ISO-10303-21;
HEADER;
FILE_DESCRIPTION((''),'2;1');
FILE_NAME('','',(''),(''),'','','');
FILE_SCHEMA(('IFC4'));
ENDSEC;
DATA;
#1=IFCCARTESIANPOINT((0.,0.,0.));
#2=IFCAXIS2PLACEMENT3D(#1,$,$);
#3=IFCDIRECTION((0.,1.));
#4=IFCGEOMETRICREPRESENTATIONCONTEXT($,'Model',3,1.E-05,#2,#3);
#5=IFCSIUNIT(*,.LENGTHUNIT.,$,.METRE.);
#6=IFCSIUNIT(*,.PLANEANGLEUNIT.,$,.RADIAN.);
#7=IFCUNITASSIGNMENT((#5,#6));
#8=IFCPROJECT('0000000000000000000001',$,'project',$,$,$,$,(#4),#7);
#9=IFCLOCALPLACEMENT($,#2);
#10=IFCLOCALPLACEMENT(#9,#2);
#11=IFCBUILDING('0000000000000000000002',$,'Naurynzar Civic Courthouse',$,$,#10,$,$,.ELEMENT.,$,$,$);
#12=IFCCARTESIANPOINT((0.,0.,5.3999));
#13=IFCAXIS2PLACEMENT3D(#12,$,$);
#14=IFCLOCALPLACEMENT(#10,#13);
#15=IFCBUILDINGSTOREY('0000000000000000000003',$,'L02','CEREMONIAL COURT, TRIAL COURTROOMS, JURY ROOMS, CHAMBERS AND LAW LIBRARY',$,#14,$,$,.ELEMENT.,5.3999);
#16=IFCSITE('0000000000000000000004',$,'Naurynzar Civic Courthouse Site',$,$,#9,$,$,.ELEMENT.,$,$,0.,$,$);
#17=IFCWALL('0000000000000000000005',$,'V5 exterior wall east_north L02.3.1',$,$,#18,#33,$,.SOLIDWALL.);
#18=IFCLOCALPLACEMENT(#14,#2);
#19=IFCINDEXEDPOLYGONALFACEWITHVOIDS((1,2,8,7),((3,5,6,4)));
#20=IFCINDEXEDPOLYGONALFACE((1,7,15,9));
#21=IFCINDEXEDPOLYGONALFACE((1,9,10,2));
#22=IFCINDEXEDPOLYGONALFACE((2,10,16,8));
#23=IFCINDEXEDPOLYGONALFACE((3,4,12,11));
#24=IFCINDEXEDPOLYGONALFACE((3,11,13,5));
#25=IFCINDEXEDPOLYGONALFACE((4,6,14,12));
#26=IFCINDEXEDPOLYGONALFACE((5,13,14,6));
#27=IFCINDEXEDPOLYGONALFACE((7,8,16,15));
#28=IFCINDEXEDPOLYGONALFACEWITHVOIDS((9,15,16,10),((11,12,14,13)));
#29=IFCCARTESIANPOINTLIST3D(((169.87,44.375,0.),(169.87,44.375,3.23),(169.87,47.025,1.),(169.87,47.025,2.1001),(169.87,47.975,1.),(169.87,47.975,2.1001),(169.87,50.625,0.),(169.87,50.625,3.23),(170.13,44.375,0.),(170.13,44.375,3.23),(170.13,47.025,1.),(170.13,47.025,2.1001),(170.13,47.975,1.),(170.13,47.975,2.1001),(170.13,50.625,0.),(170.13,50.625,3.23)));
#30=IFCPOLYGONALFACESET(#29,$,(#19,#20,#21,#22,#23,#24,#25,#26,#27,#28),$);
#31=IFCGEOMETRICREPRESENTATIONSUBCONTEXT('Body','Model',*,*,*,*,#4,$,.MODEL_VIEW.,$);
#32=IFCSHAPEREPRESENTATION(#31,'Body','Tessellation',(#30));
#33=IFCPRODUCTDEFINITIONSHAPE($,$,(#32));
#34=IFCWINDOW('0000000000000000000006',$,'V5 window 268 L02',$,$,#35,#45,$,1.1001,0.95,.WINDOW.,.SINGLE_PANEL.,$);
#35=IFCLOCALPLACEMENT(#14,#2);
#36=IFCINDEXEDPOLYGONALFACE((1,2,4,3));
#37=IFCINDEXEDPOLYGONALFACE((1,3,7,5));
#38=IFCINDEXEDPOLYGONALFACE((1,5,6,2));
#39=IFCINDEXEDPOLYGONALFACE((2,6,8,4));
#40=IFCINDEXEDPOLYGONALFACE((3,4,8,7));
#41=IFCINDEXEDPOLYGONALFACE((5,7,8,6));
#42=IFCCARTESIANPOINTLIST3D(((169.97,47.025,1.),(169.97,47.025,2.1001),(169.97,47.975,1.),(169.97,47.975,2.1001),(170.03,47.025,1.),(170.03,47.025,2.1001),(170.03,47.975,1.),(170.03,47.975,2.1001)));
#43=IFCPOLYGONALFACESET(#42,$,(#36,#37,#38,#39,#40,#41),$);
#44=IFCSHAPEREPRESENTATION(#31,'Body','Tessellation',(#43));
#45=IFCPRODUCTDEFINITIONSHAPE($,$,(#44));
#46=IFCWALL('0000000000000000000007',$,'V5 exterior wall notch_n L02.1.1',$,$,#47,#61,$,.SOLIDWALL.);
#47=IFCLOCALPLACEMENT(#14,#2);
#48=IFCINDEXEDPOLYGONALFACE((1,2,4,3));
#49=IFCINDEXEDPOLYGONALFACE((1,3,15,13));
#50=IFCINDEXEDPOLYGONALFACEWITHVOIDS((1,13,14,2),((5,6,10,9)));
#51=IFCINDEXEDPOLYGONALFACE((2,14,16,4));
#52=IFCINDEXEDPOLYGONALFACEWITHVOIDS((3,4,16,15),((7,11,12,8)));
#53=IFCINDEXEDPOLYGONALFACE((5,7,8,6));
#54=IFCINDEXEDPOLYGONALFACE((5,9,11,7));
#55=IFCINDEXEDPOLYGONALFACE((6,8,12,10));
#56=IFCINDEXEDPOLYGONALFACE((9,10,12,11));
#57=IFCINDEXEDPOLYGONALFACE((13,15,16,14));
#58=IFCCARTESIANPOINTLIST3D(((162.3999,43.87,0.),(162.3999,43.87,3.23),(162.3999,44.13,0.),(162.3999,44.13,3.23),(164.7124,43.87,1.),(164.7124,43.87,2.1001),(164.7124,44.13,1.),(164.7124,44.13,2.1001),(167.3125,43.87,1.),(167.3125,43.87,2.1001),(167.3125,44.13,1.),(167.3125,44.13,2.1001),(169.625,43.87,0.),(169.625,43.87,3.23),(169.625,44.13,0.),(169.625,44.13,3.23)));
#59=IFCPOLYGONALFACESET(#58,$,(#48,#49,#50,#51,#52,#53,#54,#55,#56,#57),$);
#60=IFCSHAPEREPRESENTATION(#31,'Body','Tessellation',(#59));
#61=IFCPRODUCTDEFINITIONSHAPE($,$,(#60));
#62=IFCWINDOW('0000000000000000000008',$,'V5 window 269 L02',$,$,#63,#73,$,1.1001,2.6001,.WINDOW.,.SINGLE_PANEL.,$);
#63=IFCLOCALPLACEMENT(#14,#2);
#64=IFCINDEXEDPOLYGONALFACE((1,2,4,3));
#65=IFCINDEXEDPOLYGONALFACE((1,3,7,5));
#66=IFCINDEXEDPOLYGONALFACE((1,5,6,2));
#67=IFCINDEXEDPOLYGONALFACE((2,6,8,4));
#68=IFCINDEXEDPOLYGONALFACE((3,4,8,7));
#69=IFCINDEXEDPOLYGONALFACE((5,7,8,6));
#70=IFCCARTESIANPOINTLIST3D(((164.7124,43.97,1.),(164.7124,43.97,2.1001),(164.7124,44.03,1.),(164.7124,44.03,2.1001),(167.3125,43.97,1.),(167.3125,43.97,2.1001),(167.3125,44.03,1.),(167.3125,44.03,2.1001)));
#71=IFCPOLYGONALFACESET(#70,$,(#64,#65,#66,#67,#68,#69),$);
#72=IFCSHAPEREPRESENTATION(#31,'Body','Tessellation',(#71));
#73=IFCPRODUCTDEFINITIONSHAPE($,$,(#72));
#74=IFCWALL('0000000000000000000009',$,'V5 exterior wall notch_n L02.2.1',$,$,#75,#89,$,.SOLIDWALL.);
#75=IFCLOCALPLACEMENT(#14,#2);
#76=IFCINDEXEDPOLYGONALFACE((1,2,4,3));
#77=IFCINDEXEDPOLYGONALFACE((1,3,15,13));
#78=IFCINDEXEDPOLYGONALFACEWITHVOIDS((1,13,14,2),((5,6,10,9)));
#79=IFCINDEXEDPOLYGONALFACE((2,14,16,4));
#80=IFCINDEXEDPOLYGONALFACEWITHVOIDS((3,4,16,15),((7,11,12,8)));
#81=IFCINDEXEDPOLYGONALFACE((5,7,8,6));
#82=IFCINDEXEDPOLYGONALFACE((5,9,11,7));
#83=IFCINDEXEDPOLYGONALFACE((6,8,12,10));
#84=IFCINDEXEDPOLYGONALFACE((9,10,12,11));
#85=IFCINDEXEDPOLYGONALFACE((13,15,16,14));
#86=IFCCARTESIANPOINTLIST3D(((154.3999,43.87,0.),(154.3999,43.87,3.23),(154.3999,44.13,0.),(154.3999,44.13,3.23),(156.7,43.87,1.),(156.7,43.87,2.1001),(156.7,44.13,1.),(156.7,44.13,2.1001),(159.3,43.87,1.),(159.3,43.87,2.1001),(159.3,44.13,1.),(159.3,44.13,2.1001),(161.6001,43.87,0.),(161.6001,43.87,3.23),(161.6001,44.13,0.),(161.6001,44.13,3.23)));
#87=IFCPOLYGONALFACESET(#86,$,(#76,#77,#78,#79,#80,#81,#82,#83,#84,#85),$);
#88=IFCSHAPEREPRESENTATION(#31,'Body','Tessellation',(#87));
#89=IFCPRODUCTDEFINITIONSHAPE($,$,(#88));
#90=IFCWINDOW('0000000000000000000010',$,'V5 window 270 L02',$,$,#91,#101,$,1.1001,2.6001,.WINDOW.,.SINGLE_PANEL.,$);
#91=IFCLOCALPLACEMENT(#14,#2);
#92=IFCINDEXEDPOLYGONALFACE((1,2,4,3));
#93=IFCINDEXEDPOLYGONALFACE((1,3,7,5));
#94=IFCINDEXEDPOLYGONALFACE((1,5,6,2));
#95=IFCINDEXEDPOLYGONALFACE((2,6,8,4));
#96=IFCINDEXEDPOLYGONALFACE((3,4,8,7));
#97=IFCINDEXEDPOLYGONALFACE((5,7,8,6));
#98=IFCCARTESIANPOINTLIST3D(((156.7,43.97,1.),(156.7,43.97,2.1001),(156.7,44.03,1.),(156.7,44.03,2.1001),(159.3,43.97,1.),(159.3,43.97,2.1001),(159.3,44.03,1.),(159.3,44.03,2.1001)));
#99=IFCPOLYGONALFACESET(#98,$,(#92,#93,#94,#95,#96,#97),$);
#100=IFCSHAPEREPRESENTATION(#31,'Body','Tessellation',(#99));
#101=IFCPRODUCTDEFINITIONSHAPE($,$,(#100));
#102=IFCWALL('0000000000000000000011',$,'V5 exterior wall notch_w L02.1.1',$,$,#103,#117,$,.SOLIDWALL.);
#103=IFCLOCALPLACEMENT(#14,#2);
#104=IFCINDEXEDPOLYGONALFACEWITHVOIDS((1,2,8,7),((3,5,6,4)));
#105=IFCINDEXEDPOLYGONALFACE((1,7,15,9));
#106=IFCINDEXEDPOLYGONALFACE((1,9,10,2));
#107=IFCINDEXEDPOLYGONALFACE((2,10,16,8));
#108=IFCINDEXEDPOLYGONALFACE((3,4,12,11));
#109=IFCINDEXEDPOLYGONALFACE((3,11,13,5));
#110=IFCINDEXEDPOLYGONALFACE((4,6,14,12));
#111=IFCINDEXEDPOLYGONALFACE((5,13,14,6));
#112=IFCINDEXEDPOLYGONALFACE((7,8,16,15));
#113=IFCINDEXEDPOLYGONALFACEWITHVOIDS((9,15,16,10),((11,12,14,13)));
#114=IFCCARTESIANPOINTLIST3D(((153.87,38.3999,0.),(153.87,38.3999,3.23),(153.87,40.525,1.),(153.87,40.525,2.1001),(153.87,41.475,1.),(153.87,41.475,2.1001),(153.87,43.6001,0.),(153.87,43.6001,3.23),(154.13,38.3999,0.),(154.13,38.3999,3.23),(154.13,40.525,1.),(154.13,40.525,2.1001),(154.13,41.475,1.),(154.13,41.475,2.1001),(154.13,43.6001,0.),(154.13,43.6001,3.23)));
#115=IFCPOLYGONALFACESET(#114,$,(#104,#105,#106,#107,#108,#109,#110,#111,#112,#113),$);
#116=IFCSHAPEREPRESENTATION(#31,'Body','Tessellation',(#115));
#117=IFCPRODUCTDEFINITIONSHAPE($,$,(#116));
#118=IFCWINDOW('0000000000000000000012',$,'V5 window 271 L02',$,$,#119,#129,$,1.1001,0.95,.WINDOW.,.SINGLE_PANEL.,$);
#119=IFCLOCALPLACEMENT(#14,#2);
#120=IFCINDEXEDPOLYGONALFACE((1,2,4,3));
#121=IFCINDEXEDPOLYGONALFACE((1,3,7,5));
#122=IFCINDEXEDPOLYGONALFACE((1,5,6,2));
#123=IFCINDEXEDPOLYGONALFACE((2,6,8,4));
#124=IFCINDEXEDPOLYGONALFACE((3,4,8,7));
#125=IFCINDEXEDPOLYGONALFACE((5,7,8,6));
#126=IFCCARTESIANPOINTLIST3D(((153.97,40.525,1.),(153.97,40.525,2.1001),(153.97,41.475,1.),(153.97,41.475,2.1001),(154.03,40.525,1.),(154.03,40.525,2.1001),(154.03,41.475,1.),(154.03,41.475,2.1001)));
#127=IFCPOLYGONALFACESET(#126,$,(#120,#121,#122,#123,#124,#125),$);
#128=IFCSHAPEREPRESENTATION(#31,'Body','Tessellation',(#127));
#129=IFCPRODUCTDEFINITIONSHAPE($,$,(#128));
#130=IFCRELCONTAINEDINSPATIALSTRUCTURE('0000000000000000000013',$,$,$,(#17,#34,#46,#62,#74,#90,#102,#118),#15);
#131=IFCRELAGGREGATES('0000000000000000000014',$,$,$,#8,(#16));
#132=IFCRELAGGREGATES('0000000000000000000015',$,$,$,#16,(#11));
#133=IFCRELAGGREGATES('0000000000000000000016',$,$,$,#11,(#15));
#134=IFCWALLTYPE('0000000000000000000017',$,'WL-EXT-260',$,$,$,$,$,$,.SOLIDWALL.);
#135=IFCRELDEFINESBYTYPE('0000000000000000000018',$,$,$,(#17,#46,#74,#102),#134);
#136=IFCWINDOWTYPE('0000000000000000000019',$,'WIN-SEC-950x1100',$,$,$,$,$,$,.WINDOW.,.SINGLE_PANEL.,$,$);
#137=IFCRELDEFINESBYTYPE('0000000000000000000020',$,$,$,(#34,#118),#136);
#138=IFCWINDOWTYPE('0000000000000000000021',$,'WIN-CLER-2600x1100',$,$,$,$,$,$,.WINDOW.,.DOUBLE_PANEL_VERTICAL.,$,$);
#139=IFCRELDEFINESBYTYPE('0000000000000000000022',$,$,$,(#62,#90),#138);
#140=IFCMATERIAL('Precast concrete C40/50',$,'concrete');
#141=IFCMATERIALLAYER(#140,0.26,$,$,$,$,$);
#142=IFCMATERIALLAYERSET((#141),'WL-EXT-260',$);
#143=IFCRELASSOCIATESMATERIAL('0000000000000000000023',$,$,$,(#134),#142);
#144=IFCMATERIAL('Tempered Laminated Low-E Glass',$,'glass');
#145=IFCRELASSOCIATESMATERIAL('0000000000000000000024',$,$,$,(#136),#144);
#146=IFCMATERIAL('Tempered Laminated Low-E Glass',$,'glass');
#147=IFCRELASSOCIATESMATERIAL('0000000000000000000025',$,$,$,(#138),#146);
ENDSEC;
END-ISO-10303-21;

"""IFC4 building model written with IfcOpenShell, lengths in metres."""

from ifc_helpers import new_model, si_unit, direction, frame, frame_2d, origin, place, context, subcontext, project, spatial, rectangle, extrude, material, layer, layer_set, type_object, element, fill, save


model = new_model("IFC4")

# Units and contexts
model_context = context("Model", 3, precision=1e-05, world=origin(), true_north=direction((0.0, 1.0)))
body_context = subcontext(model_context, "Body", "Model", "MODEL_VIEW")
ifc_project = project(units=[si_unit("LENGTHUNIT", "METRE"), si_unit("PLANEANGLEUNIT", "RADIAN")], contexts=[model_context])

# Site, building, storey
site_placement = place(None, origin())
site = spatial("IfcSite", under=ifc_project, at=site_placement, Name="Naurynzar Civic Courthouse Site", CompositionType="ELEMENT", RefElevation=0.0)
building_placement = place(site_placement, origin())
building = spatial("IfcBuilding", under=site, at=building_placement, Name="Naurynzar Civic Courthouse", CompositionType="ELEMENT")
storey_placement = place(building_placement, frame((0.0, 0.0, 5.3999)))
storey = spatial("IfcBuildingStorey", under=building, at=storey_placement, Name="L02", Description="CEREMONIAL COURT, TRIAL COURTROOMS, JURY ROOMS, CHAMBERS AND LAW LIBRARY", CompositionType="ELEMENT", Elevation=5.3999)

# Walls, openings, windows
ifc_material_1 = material(Name="Precast concrete C40/50", Category="concrete")
ifc_layer_1 = layer(ifc_material_1, 0.26)
ifc_layer_set_1 = layer_set([ifc_layer_1], Name="WL-EXT-260")
wall_type_1 = type_object("IfcWallType", Name="WL-EXT-260", PredefinedType="SOLIDWALL", material=ifc_layer_set_1)
wall_1_placement = place(storey_placement, frame((170.0, 50.625, 0.0), z_axis=(0.0, 0.0, 1.0), x_axis=(0.0, -1.0, 0.0)))
wall_1 = element("IfcWall", 1, at=wall_1_placement, inside=storey, type_object=wall_type_1, Name="V5 exterior wall east_north L02.3.1", PredefinedType="SOLIDWALL", context=body_context, shape_type="SweptSolid", body=[
    extrude(rectangle(XDim=6.25, YDim=0.26, at=frame_2d((3.125, 0.0))), origin(), (0.0, 0.0, 1.0), 3.23),
])
opening_1_placement = place(wall_1_placement, frame((2.6499, 0.0, 1.0)))
opening_1 = element("IfcOpeningElement", 2, at=opening_1_placement, cuts=wall_1, PredefinedType="OPENING", context=body_context, shape_type="SweptSolid", body=[
    extrude(rectangle(XDim=0.95, YDim=1.1001, at=frame_2d((0.4751, 0.55))), frame((0.0, 0.1399, 0.0), z_axis=(0.0, -1.0, 0.0), x_axis=(1.0, 0.0, 0.0)), (0.0, 0.0, 1.0), 0.28),
])
ifc_material_2 = material(Name="Tempered Laminated Low-E Glass", Category="glass")
window_type_1 = type_object("IfcWindowType", Name="WIN-SEC-950x1100", PartitioningType="SINGLE_PANEL", PredefinedType="WINDOW", material=ifc_material_2)
window_1_placement = place(opening_1_placement, origin())
window_1 = element("IfcWindow", 3, at=window_1_placement, inside=storey, type_object=window_type_1, Name="V5 window 268 L02", OverallHeight=1.1001, OverallWidth=0.95, PartitioningType="SINGLE_PANEL", PredefinedType="WINDOW", context=body_context, shape_type="SweptSolid", body=[
    extrude(rectangle(XDim=0.95, YDim=1.1001, at=frame_2d((0.4751, 0.55))), frame((0.0, 0.03, 0.0), z_axis=(0.0, -1.0, 0.0), x_axis=(1.0, 0.0, 0.0)), (0.0, 0.0, 1.0), 0.0601),
])
fill(opening_1, window_1)
wall_2_placement = place(storey_placement, frame((169.625, 44.0, 0.0), z_axis=(0.0, 0.0, 1.0), x_axis=(-1.0, 0.0, 0.0)))
wall_2 = element("IfcWall", 4, at=wall_2_placement, inside=storey, type_object=wall_type_1, Name="V5 exterior wall notch_n L02.1.1", PredefinedType="SOLIDWALL", context=body_context, shape_type="SweptSolid", body=[
    extrude(rectangle(XDim=7.2251, YDim=0.26, at=frame_2d((3.6125, 0.0))), origin(), (0.0, 0.0, 1.0), 3.23),
])
opening_2_placement = place(wall_2_placement, frame((2.3125, 0.0, 1.0)))
opening_2 = element("IfcOpeningElement", 5, at=opening_2_placement, cuts=wall_2, PredefinedType="OPENING", context=body_context, shape_type="SweptSolid", body=[
    extrude(rectangle(XDim=2.6001, YDim=1.1001, at=frame_2d((1.3, 0.55))), frame((0.0, 0.1399, 0.0), z_axis=(0.0, -1.0, 0.0), x_axis=(1.0, 0.0, 0.0)), (0.0, 0.0, 1.0), 0.28),
])
ifc_material_3 = material(Name="Tempered Laminated Low-E Glass", Category="glass")
window_type_2 = type_object("IfcWindowType", Name="WIN-CLER-2600x1100", PartitioningType="DOUBLE_PANEL_VERTICAL", PredefinedType="WINDOW", material=ifc_material_3)
window_2_placement = place(opening_2_placement, origin())
window_2 = element("IfcWindow", 6, at=window_2_placement, inside=storey, type_object=window_type_2, Name="V5 window 269 L02", OverallHeight=1.1001, OverallWidth=2.6001, PartitioningType="SINGLE_PANEL", PredefinedType="WINDOW", context=body_context, shape_type="SweptSolid", body=[
    extrude(rectangle(XDim=2.6001, YDim=1.1001, at=frame_2d((1.3, 0.55))), frame((0.0, 0.03, 0.0), z_axis=(0.0, -1.0, 0.0), x_axis=(1.0, 0.0, 0.0)), (0.0, 0.0, 1.0), 0.0601),
])
fill(opening_2, window_2)
wall_3_placement = place(storey_placement, frame((161.6001, 44.0, 0.0), z_axis=(0.0, 0.0, 1.0), x_axis=(-1.0, 0.0, 0.0)))
wall_3 = element("IfcWall", 7, at=wall_3_placement, inside=storey, type_object=wall_type_1, Name="V5 exterior wall notch_n L02.2.1", PredefinedType="SOLIDWALL", context=body_context, shape_type="SweptSolid", body=[
    extrude(rectangle(XDim=7.2002, YDim=0.26, at=frame_2d((3.6001, 0.0))), origin(), (0.0, 0.0, 1.0), 3.23),
])
opening_3_placement = place(wall_3_placement, frame((2.3, 0.0, 1.0)))
opening_3 = element("IfcOpeningElement", 8, at=opening_3_placement, cuts=wall_3, PredefinedType="OPENING", context=body_context, shape_type="SweptSolid", body=[
    extrude(rectangle(XDim=2.6001, YDim=1.1001, at=frame_2d((1.3, 0.55))), frame((0.0, 0.1399, 0.0), z_axis=(0.0, -1.0, 0.0), x_axis=(1.0, 0.0, 0.0)), (0.0, 0.0, 1.0), 0.28),
])
window_3_placement = place(opening_3_placement, origin())
window_3 = element("IfcWindow", 9, at=window_3_placement, inside=storey, type_object=window_type_2, Name="V5 window 270 L02", OverallHeight=1.1001, OverallWidth=2.6001, PartitioningType="SINGLE_PANEL", PredefinedType="WINDOW", context=body_context, shape_type="SweptSolid", body=[
    extrude(rectangle(XDim=2.6001, YDim=1.1001, at=frame_2d((1.3, 0.55))), frame((0.0, 0.03, 0.0), z_axis=(0.0, -1.0, 0.0), x_axis=(1.0, 0.0, 0.0)), (0.0, 0.0, 1.0), 0.0601),
])
fill(opening_3, window_3)
wall_4_placement = place(storey_placement, frame((154.0, 43.6001, 0.0), z_axis=(0.0, 0.0, 1.0), x_axis=(0.0, -1.0, 0.0)))
wall_4 = element("IfcWall", 10, at=wall_4_placement, inside=storey, type_object=wall_type_1, Name="V5 exterior wall notch_w L02.1.1", PredefinedType="SOLIDWALL", context=body_context, shape_type="SweptSolid", body=[
    extrude(rectangle(XDim=5.2002, YDim=0.26, at=frame_2d((2.6001, 0.0))), origin(), (0.0, 0.0, 1.0), 3.23),
])
opening_4_placement = place(wall_4_placement, frame((2.125, 0.0, 1.0)))
opening_4 = element("IfcOpeningElement", 11, at=opening_4_placement, cuts=wall_4, PredefinedType="OPENING", context=body_context, shape_type="SweptSolid", body=[
    extrude(rectangle(XDim=0.95, YDim=1.1001, at=frame_2d((0.4751, 0.55))), frame((0.0, 0.1399, 0.0), z_axis=(0.0, -1.0, 0.0), x_axis=(1.0, 0.0, 0.0)), (0.0, 0.0, 1.0), 0.28),
])
window_4_placement = place(opening_4_placement, origin())
window_4 = element("IfcWindow", 12, at=window_4_placement, inside=storey, type_object=window_type_1, Name="V5 window 271 L02", OverallHeight=1.1001, OverallWidth=0.95, PartitioningType="SINGLE_PANEL", PredefinedType="WINDOW", context=body_context, shape_type="SweptSolid", body=[
    extrude(rectangle(XDim=0.95, YDim=1.1001, at=frame_2d((0.4751, 0.55))), frame((0.0, 0.03, 0.0), z_axis=(0.0, -1.0, 0.0), x_axis=(1.0, 0.0, 0.0)), (0.0, 0.0, 1.0), 0.0601),
])
fill(opening_4, window_4)

save(model, "model.ifc")
